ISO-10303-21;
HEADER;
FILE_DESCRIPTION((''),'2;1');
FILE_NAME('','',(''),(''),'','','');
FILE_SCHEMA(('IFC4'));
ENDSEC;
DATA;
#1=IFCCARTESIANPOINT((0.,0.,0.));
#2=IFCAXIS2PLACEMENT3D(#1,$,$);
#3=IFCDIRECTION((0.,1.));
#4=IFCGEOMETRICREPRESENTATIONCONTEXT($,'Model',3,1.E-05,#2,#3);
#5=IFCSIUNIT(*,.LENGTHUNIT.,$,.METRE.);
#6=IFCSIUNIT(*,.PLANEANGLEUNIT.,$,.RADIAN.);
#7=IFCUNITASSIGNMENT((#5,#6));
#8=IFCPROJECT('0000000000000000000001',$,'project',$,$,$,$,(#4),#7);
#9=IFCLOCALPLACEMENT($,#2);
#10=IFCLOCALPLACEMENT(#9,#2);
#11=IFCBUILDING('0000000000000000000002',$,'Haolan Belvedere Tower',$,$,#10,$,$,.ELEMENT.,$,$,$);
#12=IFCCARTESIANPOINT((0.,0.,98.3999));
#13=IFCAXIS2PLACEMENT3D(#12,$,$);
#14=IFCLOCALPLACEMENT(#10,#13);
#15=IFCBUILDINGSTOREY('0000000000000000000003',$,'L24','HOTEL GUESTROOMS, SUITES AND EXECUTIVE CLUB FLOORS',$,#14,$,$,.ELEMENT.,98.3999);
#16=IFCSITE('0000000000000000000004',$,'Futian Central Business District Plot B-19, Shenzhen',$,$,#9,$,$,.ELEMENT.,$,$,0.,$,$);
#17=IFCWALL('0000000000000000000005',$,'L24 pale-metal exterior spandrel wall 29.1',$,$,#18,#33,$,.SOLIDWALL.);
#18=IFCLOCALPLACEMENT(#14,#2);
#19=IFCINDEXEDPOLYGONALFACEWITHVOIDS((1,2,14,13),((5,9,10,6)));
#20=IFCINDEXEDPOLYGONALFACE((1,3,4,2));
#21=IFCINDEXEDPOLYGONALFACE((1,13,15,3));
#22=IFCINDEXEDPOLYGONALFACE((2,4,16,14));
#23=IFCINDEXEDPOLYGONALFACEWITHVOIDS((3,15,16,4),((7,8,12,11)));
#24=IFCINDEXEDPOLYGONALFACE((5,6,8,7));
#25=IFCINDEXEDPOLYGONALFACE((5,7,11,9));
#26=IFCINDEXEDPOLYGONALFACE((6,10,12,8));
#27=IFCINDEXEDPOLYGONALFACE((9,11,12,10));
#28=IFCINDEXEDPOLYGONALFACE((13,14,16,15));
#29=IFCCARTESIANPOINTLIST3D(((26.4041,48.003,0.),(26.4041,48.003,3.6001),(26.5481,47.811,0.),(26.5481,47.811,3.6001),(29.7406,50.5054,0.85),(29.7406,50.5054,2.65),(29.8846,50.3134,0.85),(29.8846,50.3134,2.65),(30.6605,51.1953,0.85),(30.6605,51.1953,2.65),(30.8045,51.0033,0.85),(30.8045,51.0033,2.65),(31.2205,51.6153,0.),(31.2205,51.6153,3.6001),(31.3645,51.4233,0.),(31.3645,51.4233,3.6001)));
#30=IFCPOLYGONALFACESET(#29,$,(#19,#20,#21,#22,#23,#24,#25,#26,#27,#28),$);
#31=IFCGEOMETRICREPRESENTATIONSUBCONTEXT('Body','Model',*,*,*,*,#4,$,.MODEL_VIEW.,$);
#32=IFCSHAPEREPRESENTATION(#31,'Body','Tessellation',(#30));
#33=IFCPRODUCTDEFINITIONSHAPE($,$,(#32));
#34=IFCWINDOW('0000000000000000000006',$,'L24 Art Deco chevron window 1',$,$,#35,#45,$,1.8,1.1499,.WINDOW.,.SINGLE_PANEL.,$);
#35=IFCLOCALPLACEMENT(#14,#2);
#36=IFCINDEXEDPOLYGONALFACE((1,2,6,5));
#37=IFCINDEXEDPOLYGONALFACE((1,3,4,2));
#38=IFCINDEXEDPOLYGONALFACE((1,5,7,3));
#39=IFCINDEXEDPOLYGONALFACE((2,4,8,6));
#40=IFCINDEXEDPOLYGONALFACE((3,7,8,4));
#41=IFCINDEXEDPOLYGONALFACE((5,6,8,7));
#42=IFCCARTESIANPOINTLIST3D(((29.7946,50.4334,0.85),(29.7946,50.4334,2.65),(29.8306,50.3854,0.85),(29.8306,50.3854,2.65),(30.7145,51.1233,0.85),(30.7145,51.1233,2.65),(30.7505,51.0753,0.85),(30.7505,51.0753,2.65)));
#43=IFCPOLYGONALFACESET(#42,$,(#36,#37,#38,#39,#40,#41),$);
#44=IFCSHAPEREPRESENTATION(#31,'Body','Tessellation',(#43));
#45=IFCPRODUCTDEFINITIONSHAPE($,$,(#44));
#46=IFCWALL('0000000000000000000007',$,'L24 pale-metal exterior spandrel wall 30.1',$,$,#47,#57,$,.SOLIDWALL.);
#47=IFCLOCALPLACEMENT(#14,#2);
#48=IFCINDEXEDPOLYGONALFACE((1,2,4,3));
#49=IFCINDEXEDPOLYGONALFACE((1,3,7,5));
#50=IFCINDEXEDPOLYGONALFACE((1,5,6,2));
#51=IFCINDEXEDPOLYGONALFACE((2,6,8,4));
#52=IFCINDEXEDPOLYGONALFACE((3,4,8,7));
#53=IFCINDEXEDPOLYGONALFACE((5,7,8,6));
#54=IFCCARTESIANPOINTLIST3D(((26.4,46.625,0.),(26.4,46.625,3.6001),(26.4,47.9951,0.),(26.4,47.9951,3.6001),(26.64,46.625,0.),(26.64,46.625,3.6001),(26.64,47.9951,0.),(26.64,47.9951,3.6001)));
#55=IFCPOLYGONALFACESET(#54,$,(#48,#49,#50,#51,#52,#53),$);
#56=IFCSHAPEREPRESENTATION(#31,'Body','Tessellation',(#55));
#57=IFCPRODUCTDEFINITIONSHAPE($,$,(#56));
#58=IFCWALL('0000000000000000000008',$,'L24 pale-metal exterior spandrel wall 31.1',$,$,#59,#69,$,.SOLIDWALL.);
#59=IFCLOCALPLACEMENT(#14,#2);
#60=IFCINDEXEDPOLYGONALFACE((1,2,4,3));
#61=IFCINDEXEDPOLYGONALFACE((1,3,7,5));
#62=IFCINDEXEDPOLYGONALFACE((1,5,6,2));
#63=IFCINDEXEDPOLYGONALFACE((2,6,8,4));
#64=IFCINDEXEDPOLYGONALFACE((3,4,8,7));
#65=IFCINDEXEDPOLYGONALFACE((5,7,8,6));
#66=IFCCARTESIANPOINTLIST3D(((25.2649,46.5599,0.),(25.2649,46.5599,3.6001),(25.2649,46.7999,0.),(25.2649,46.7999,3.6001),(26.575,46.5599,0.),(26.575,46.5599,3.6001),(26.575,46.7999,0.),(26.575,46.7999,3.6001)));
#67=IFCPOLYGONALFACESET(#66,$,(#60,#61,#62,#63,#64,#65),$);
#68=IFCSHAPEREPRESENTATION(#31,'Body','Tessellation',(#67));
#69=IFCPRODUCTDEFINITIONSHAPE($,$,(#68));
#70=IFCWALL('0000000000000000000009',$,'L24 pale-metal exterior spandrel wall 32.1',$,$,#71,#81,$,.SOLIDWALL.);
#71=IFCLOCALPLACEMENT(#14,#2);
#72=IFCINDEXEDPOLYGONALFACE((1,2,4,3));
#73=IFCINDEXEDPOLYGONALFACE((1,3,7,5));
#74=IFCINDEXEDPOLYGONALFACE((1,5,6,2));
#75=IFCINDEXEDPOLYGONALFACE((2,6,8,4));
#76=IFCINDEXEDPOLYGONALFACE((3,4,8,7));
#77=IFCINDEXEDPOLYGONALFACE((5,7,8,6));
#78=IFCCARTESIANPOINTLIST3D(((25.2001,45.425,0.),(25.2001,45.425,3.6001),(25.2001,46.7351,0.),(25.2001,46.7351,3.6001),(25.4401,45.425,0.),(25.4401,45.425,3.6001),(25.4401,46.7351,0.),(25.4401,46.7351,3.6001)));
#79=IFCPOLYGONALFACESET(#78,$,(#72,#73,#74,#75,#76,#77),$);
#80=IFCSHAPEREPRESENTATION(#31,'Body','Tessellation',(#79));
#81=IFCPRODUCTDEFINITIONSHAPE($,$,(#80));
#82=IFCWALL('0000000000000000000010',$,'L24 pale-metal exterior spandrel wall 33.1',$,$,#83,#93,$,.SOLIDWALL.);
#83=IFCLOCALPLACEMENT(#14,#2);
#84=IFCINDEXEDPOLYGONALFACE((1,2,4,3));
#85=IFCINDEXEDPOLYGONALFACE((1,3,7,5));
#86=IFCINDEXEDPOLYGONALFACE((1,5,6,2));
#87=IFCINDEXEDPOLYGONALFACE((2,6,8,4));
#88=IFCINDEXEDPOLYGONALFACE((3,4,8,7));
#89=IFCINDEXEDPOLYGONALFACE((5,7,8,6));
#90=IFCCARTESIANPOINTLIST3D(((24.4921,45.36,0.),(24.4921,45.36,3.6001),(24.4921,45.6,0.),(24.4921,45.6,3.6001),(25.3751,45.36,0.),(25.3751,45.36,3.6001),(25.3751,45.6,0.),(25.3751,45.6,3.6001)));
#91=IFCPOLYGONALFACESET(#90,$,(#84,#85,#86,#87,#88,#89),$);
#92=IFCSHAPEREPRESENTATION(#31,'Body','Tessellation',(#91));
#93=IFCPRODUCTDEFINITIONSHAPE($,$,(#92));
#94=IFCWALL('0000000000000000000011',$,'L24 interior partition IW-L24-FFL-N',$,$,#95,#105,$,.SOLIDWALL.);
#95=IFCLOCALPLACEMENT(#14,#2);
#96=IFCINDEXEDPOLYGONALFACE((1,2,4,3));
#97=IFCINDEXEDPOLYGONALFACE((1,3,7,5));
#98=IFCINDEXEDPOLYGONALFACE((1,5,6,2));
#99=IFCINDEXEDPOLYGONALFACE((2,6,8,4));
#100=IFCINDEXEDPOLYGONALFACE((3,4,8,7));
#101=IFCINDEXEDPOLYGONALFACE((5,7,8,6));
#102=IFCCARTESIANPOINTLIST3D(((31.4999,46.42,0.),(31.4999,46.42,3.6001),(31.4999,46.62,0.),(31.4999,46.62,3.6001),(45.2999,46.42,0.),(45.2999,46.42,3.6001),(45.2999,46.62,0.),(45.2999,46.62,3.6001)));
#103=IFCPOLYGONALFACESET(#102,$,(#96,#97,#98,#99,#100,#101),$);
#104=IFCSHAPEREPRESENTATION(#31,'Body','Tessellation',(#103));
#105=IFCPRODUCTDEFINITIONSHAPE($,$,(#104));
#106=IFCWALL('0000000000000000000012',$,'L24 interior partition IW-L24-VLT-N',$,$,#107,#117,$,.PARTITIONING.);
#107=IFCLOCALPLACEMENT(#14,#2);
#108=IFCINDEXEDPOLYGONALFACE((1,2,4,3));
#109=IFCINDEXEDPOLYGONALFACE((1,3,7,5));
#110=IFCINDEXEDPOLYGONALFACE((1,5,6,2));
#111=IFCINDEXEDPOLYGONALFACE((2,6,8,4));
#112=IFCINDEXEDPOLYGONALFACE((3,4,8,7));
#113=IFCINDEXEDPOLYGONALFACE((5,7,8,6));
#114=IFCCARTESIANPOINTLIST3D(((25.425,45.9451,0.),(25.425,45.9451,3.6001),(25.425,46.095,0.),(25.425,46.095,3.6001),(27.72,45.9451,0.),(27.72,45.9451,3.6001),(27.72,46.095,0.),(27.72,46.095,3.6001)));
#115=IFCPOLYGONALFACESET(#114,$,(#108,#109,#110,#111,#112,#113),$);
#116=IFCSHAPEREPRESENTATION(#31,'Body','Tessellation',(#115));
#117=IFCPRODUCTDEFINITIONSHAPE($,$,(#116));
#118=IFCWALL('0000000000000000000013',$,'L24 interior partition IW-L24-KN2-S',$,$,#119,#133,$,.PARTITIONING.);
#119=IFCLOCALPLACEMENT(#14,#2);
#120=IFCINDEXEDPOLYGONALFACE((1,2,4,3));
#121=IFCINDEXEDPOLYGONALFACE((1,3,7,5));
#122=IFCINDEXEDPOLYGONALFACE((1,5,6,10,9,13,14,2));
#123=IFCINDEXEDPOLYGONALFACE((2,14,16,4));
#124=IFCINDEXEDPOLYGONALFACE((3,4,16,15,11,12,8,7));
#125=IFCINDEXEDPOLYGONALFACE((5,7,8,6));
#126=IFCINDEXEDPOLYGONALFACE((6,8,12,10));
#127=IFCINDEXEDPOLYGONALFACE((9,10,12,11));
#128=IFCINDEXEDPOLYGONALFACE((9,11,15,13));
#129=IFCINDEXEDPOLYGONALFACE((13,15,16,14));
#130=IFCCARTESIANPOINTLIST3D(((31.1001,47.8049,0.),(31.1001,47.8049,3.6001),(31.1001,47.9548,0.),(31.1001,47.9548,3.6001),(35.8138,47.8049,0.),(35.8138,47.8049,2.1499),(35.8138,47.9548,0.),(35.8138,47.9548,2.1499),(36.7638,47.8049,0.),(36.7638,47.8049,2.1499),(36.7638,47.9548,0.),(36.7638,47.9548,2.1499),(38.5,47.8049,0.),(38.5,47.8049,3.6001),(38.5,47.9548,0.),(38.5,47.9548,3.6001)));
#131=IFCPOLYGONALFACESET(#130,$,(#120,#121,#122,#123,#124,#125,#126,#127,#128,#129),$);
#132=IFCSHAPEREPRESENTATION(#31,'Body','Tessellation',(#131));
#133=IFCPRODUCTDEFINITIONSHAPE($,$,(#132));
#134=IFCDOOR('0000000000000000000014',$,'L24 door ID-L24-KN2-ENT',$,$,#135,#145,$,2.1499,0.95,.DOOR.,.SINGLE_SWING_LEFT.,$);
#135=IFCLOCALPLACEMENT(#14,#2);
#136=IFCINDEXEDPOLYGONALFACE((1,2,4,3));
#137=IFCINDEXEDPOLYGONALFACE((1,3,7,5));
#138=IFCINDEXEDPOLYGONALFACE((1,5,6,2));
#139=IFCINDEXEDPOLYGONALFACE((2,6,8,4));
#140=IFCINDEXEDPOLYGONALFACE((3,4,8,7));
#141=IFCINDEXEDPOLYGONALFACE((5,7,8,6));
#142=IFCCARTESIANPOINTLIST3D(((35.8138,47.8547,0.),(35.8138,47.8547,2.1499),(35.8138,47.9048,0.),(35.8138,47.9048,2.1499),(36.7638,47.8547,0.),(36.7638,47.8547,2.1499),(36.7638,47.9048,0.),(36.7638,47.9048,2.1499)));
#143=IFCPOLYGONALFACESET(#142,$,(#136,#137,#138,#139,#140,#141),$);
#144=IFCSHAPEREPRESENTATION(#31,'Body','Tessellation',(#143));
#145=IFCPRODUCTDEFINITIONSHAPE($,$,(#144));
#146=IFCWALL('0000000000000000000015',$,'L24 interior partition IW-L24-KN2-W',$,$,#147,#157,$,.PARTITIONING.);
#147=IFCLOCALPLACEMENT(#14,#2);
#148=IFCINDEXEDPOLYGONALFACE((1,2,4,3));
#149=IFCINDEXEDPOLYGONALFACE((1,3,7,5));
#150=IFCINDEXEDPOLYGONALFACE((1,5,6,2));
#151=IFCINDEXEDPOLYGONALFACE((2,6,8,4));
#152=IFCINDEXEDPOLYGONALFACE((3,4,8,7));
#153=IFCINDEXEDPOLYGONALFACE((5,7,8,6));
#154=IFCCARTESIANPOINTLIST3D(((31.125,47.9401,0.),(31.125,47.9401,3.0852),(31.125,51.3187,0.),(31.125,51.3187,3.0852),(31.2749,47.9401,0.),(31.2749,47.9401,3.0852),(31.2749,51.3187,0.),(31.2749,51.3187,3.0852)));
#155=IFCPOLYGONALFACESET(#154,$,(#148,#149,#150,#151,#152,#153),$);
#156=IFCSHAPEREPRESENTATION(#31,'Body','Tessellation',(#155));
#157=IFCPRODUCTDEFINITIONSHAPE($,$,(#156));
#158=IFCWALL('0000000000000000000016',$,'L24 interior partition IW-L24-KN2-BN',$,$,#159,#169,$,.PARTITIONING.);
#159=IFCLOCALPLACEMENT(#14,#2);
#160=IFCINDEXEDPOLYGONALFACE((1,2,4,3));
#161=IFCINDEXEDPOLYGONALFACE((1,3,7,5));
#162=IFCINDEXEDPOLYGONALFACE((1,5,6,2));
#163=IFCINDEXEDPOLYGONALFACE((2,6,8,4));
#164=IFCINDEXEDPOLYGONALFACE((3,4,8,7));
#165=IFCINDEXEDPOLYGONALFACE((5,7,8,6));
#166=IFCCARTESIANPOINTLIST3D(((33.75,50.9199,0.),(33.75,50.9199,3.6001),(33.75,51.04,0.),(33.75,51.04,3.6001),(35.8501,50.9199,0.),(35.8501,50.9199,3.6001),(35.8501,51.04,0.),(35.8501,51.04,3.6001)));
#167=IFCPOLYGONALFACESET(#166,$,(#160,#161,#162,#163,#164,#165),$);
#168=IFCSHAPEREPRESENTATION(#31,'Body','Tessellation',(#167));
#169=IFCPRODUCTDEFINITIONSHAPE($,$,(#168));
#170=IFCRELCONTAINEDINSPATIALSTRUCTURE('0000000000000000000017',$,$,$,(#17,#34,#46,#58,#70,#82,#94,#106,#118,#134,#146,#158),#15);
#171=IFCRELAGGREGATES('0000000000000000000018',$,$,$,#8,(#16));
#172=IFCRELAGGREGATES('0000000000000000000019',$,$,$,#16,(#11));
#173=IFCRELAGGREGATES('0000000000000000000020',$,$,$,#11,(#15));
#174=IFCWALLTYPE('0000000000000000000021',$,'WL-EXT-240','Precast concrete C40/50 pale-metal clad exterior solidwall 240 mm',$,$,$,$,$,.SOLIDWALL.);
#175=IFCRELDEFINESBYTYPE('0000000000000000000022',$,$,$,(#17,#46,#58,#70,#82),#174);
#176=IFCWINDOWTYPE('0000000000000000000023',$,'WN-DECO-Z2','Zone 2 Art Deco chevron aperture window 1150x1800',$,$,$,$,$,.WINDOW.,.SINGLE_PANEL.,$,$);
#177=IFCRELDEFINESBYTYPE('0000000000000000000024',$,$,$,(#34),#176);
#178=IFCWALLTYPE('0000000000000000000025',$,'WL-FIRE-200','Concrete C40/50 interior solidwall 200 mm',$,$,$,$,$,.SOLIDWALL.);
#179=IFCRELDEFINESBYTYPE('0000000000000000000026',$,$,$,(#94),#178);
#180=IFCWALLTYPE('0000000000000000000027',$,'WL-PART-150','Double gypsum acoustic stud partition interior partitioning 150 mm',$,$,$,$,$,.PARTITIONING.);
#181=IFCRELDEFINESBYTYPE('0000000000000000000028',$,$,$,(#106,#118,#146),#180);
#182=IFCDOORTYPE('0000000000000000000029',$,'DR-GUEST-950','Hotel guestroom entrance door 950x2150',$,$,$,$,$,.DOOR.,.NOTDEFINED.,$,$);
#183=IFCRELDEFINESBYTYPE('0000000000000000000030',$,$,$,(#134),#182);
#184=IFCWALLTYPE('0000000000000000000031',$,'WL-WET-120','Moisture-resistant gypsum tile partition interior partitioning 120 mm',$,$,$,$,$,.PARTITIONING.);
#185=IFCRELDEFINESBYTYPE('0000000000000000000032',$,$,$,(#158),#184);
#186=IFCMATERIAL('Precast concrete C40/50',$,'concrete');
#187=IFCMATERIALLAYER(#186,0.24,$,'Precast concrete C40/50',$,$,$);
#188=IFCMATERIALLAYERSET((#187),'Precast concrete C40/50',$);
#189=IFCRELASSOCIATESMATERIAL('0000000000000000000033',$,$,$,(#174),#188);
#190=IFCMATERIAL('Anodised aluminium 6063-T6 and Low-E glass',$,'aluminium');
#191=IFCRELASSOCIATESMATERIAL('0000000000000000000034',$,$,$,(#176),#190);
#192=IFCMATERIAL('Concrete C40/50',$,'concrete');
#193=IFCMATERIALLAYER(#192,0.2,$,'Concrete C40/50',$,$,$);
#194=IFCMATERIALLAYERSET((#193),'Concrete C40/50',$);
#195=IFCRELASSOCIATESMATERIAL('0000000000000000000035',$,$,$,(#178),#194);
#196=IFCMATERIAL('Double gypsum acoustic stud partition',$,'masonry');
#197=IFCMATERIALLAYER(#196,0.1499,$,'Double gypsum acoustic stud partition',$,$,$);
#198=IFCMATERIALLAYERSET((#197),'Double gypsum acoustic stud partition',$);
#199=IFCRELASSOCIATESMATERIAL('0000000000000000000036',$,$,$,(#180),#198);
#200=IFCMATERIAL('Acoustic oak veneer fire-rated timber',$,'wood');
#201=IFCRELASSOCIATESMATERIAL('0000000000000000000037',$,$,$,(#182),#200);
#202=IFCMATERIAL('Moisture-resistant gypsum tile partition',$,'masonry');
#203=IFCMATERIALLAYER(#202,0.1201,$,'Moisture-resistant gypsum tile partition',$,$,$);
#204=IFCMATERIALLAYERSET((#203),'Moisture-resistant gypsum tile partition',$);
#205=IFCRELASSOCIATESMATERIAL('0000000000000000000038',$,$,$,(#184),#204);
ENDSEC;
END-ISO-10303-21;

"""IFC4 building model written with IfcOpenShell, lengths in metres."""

from ifc_helpers import new_model, si_unit, direction, frame, frame_2d, origin, place, context, subcontext, project, spatial, rectangle, extrude, material, layer, layer_set, type_object, element, fill, save


model = new_model("IFC4")

# Units and contexts
model_context = context("Model", 3, precision=1e-05, world=origin(), true_north=direction((0.0, 1.0)))
body_context = subcontext(model_context, "Body", "Model", "MODEL_VIEW")
ifc_project = project(units=[si_unit("LENGTHUNIT", "METRE"), si_unit("PLANEANGLEUNIT", "RADIAN")], contexts=[model_context])

# Site, building, storey
site_placement = place(None, origin())
site = spatial("IfcSite", under=ifc_project, at=site_placement, Name="Futian Central Business District Plot B-19, Shenzhen", CompositionType="ELEMENT", RefElevation=0.0)
building_placement = place(site_placement, origin())
building = spatial("IfcBuilding", under=site, at=building_placement, Name="Haolan Belvedere Tower", CompositionType="ELEMENT")
storey_placement = place(building_placement, frame((0.0, 0.0, 98.3999)))
storey = spatial("IfcBuildingStorey", under=building, at=storey_placement, Name="L24", Description="HOTEL GUESTROOMS, SUITES AND EXECUTIVE CLUB FLOORS", CompositionType="ELEMENT", Elevation=98.3999)

# Wall, opening, window
ifc_material_1 = material(Name="Precast concrete C40/50", Category="concrete")
ifc_layer_1 = layer(ifc_material_1, 0.24, Name="Precast concrete C40/50")
ifc_layer_set_1 = layer_set([ifc_layer_1], Name="Precast concrete C40/50")
wall_type_1 = type_object("IfcWallType", Name="WL-EXT-240", Description="Precast concrete C40/50 pale-metal clad exterior solidwall 240 mm", PredefinedType="SOLIDWALL", material=ifc_layer_set_1)
wall_1_placement = place(storey_placement, frame((31.2925, 51.5193, 0.0), z_axis=(0.0, 0.0, 1.0), x_axis=(-0.8, -0.6, 0.0)))
wall_1 = element("IfcWall", 1, at=wall_1_placement, inside=storey, type_object=wall_type_1, Name="L24 pale-metal exterior spandrel wall 29.1", PredefinedType="SOLIDWALL", context=body_context, shape_type="SweptSolid", body=[
    extrude(rectangle(XDim=6.0205, YDim=0.24, at=frame_2d((3.0103, 0.0))), origin(), (0.0, 0.0, 1.0), 3.6001),
])
opening_1_placement = place(wall_1_placement, frame((0.7, 0.0, 0.8501)))
opening_1 = element("IfcOpeningElement", 2, at=opening_1_placement, cuts=wall_1, PredefinedType="OPENING", context=body_context, shape_type="SweptSolid", body=[
    extrude(rectangle(XDim=1.1499, YDim=1.8, at=frame_2d((0.575, 0.8999))), frame((0.0, 0.1299, 0.0), z_axis=(0.0, -1.0, 0.0), x_axis=(1.0, 0.0, 0.0)), (0.0, 0.0, 1.0), 0.26),
])
ifc_material_2 = material(Name="Anodised aluminium 6063-T6 and Low-E glass", Category="aluminium")
window_type = type_object("IfcWindowType", Name="WN-DECO-Z2", Description="Zone 2 Art Deco chevron aperture window 1150x1800", PartitioningType="SINGLE_PANEL", PredefinedType="WINDOW", material=ifc_material_2)
window_placement = place(opening_1_placement, origin())
window = element("IfcWindow", 3, at=window_placement, inside=storey, type_object=window_type, Name="L24 Art Deco chevron window 1", OverallHeight=1.8, OverallWidth=1.1499, PartitioningType="SINGLE_PANEL", PredefinedType="WINDOW", context=body_context, shape_type="SweptSolid", body=[
    extrude(rectangle(XDim=1.1499, YDim=1.8, at=frame_2d((0.575, 0.8999))), frame((0.0, 0.03, 0.0), z_axis=(0.0, -1.0, 0.0), x_axis=(1.0, 0.0, 0.0)), (0.0, 0.0, 1.0), 0.0601),
])
fill(opening_1, window)

# Walls
wall_2_placement = place(storey_placement, frame((26.52, 47.9951, 0.0), z_axis=(0.0, 0.0, 1.0), x_axis=(0.0, -1.0, 0.0)))
element("IfcWall", 4, at=wall_2_placement, inside=storey, type_object=wall_type_1, Name="L24 pale-metal exterior spandrel wall 30.1", PredefinedType="SOLIDWALL", context=body_context, shape_type="SweptSolid", body=[
    extrude(rectangle(XDim=1.3701, YDim=0.24, at=frame_2d((0.6851, 0.0))), origin(), (0.0, 0.0, 1.0), 3.6001),
])
for number, where, z_axis, x_axis, name in (
    (5, (26.575, 46.6799, 0.0), (0.0, 0.0, 1.0), (-1.0, 0.0, 0.0), "L24 pale-metal exterior spandrel wall 31.1"),
    (6, (25.3201, 46.7351, 0.0), (0.0, 0.0, 1.0), (0.0, -1.0, 0.0), "L24 pale-metal exterior spandrel wall 32.1"),
):
    element("IfcWall", number, at=place(storey_placement, frame(where, z_axis=z_axis, x_axis=x_axis)), inside=storey, type_object=wall_type_1, Name=name, PredefinedType="SOLIDWALL", context=body_context, shape_type="SweptSolid", body=[
        extrude(rectangle(XDim=1.3101, YDim=0.24, at=frame_2d((0.655, 0.0))), origin(), (0.0, 0.0, 1.0), 3.6001),
    ])
wall_3_placement = place(storey_placement, frame((25.375, 45.48, 0.0), z_axis=(0.0, 0.0, 1.0), x_axis=(-1.0, 0.0, 0.0)))
element("IfcWall", 7, at=wall_3_placement, inside=storey, type_object=wall_type_1, Name="L24 pale-metal exterior spandrel wall 33.1", PredefinedType="SOLIDWALL", context=body_context, shape_type="SweptSolid", body=[
    extrude(rectangle(XDim=0.8831, YDim=0.24, at=frame_2d((0.4414, 0.0))), origin(), (0.0, 0.0, 1.0), 3.6001),
])
ifc_material_3 = material(Name="Concrete C40/50", Category="concrete")
ifc_layer_2 = layer(ifc_material_3, 0.2, Name="Concrete C40/50")
ifc_layer_set_2 = layer_set([ifc_layer_2], Name="Concrete C40/50")
wall_type_2 = type_object("IfcWallType", Name="WL-FIRE-200", Description="Concrete C40/50 interior solidwall 200 mm", PredefinedType="SOLIDWALL", material=ifc_layer_set_2)
wall_4_placement = place(storey_placement, frame((31.5, 46.52, 0.0), z_axis=(0.0, 0.0, 1.0), x_axis=(1.0, 0.0, 0.0)))
element("IfcWall", 8, at=wall_4_placement, inside=storey, type_object=wall_type_2, Name="L24 interior partition IW-L24-FFL-N", PredefinedType="SOLIDWALL", context=body_context, shape_type="SweptSolid", body=[
    extrude(rectangle(XDim=13.8, YDim=0.2, at=frame_2d((6.8999, 0.0))), origin(), (0.0, 0.0, 1.0), 3.6001),
])

# Wall
ifc_material_4 = material(Name="Double gypsum acoustic stud partition", Category="masonry")
ifc_layer_3 = layer(ifc_material_4, 0.1499, Name="Double gypsum acoustic stud partition")
ifc_layer_set_3 = layer_set([ifc_layer_3], Name="Double gypsum acoustic stud partition")
wall_type_3 = type_object("IfcWallType", Name="WL-PART-150", Description="Double gypsum acoustic stud partition interior partitioning 150 mm", PredefinedType="PARTITIONING", material=ifc_layer_set_3)
wall_5_placement = place(storey_placement, frame((25.425, 46.02, 0.0), z_axis=(0.0, 0.0, 1.0), x_axis=(1.0, 0.0, 0.0)))
element("IfcWall", 9, at=wall_5_placement, inside=storey, type_object=wall_type_3, Name="L24 interior partition IW-L24-VLT-N", PredefinedType="PARTITIONING", context=body_context, shape_type="SweptSolid", body=[
    extrude(rectangle(XDim=2.2949, YDim=0.1499, at=frame_2d((1.1475, 0.0))), origin(), (0.0, 0.0, 1.0), 3.6001),
])

# Wall, opening, door
wall_6_placement = place(storey_placement, frame((31.1001, 47.8799, 0.0), z_axis=(0.0, 0.0, 1.0), x_axis=(1.0, 0.0, 0.0)))
wall_6 = element("IfcWall", 10, at=wall_6_placement, inside=storey, type_object=wall_type_3, Name="L24 interior partition IW-L24-KN2-S", PredefinedType="PARTITIONING", context=body_context, shape_type="SweptSolid", body=[
    extrude(rectangle(XDim=7.3999, YDim=0.1499, at=frame_2d((3.7, 0.0))), origin(), (0.0, 0.0, 1.0), 3.6001),
])
opening_2_placement = place(wall_6_placement, frame((4.7136, 0.0, 0.0)))
opening_2 = element("IfcOpeningElement", 11, at=opening_2_placement, cuts=wall_6, PredefinedType="OPENING", context=body_context, shape_type="SweptSolid", body=[
    extrude(rectangle(XDim=0.95, YDim=2.1499, at=frame_2d((0.4751, 1.075))), frame((0.0, 0.085, 0.0), z_axis=(0.0, -1.0, 0.0), x_axis=(1.0, 0.0, 0.0)), (0.0, 0.0, 1.0), 0.1699),
])
ifc_material_5 = material(Name="Acoustic oak veneer fire-rated timber", Category="wood")
door_type_1 = type_object("IfcDoorType", Name="DR-GUEST-950", Description="Hotel guestroom entrance door 950x2150", OperationType="NOTDEFINED", PredefinedType="DOOR", material=ifc_material_5)
door_1_placement = place(opening_2_placement, origin())
door_1 = element("IfcDoor", 12, at=door_1_placement, inside=storey, type_object=door_type_1, Name="L24 door ID-L24-KN2-ENT", OperationType="SINGLE_SWING_LEFT", OverallHeight=2.1499, OverallWidth=0.95, PredefinedType="DOOR", context=body_context, shape_type="SweptSolid", body=[
    extrude(rectangle(XDim=0.95, YDim=2.1499, at=frame_2d((0.4751, 1.075))), frame((0.0, 0.0249, 0.0), z_axis=(0.0, -1.0, 0.0), x_axis=(1.0, 0.0, 0.0)), (0.0, 0.0, 1.0), 0.05),
])
fill(opening_2, door_1)

# Walls
wall_7_placement = place(storey_placement, frame((31.2, 47.9399, 0.0), z_axis=(0.0, 0.0, 1.0), x_axis=(0.0, 1.0, 0.0)))
element("IfcWall", 13, at=wall_7_placement, inside=storey, type_object=wall_type_3, Name="L24 interior partition IW-L24-KN2-W", PredefinedType="PARTITIONING", context=body_context, shape_type="SweptSolid", body=[
    extrude(rectangle(XDim=3.3787, YDim=0.1499, at=frame_2d((1.6895, 0.0))), origin(), (0.0, 0.0, 1.0), 3.0852),
])
ifc_material_6 = material(Name="Moisture-resistant gypsum tile partition", Category="masonry")
ifc_layer_4 = layer(ifc_material_6, 0.1201, Name="Moisture-resistant gypsum tile partition")
ifc_layer_set_4 = layer_set([ifc_layer_4], Name="Moisture-resistant gypsum tile partition")
wall_type_4 = type_object("IfcWallType", Name="WL-WET-120", Description="Moisture-resistant gypsum tile partition interior partitioning 120 mm", PredefinedType="PARTITIONING", material=ifc_layer_set_4)
wall_8_placement = place(storey_placement, frame((33.75, 50.98, 0.0), z_axis=(0.0, 0.0, 1.0), x_axis=(1.0, 0.0, 0.0)))
element("IfcWall", 14, at=wall_8_placement, inside=storey, type_object=wall_type_4, Name="L24 interior partition IW-L24-KN2-BN", PredefinedType="PARTITIONING", context=body_context, shape_type="SweptSolid", body=[
    extrude(rectangle(XDim=2.1001, YDim=0.1201, at=frame_2d((1.05, 0.0))), origin(), (0.0, 0.0, 1.0), 3.6001),
])

save(model, "model.ifc")
